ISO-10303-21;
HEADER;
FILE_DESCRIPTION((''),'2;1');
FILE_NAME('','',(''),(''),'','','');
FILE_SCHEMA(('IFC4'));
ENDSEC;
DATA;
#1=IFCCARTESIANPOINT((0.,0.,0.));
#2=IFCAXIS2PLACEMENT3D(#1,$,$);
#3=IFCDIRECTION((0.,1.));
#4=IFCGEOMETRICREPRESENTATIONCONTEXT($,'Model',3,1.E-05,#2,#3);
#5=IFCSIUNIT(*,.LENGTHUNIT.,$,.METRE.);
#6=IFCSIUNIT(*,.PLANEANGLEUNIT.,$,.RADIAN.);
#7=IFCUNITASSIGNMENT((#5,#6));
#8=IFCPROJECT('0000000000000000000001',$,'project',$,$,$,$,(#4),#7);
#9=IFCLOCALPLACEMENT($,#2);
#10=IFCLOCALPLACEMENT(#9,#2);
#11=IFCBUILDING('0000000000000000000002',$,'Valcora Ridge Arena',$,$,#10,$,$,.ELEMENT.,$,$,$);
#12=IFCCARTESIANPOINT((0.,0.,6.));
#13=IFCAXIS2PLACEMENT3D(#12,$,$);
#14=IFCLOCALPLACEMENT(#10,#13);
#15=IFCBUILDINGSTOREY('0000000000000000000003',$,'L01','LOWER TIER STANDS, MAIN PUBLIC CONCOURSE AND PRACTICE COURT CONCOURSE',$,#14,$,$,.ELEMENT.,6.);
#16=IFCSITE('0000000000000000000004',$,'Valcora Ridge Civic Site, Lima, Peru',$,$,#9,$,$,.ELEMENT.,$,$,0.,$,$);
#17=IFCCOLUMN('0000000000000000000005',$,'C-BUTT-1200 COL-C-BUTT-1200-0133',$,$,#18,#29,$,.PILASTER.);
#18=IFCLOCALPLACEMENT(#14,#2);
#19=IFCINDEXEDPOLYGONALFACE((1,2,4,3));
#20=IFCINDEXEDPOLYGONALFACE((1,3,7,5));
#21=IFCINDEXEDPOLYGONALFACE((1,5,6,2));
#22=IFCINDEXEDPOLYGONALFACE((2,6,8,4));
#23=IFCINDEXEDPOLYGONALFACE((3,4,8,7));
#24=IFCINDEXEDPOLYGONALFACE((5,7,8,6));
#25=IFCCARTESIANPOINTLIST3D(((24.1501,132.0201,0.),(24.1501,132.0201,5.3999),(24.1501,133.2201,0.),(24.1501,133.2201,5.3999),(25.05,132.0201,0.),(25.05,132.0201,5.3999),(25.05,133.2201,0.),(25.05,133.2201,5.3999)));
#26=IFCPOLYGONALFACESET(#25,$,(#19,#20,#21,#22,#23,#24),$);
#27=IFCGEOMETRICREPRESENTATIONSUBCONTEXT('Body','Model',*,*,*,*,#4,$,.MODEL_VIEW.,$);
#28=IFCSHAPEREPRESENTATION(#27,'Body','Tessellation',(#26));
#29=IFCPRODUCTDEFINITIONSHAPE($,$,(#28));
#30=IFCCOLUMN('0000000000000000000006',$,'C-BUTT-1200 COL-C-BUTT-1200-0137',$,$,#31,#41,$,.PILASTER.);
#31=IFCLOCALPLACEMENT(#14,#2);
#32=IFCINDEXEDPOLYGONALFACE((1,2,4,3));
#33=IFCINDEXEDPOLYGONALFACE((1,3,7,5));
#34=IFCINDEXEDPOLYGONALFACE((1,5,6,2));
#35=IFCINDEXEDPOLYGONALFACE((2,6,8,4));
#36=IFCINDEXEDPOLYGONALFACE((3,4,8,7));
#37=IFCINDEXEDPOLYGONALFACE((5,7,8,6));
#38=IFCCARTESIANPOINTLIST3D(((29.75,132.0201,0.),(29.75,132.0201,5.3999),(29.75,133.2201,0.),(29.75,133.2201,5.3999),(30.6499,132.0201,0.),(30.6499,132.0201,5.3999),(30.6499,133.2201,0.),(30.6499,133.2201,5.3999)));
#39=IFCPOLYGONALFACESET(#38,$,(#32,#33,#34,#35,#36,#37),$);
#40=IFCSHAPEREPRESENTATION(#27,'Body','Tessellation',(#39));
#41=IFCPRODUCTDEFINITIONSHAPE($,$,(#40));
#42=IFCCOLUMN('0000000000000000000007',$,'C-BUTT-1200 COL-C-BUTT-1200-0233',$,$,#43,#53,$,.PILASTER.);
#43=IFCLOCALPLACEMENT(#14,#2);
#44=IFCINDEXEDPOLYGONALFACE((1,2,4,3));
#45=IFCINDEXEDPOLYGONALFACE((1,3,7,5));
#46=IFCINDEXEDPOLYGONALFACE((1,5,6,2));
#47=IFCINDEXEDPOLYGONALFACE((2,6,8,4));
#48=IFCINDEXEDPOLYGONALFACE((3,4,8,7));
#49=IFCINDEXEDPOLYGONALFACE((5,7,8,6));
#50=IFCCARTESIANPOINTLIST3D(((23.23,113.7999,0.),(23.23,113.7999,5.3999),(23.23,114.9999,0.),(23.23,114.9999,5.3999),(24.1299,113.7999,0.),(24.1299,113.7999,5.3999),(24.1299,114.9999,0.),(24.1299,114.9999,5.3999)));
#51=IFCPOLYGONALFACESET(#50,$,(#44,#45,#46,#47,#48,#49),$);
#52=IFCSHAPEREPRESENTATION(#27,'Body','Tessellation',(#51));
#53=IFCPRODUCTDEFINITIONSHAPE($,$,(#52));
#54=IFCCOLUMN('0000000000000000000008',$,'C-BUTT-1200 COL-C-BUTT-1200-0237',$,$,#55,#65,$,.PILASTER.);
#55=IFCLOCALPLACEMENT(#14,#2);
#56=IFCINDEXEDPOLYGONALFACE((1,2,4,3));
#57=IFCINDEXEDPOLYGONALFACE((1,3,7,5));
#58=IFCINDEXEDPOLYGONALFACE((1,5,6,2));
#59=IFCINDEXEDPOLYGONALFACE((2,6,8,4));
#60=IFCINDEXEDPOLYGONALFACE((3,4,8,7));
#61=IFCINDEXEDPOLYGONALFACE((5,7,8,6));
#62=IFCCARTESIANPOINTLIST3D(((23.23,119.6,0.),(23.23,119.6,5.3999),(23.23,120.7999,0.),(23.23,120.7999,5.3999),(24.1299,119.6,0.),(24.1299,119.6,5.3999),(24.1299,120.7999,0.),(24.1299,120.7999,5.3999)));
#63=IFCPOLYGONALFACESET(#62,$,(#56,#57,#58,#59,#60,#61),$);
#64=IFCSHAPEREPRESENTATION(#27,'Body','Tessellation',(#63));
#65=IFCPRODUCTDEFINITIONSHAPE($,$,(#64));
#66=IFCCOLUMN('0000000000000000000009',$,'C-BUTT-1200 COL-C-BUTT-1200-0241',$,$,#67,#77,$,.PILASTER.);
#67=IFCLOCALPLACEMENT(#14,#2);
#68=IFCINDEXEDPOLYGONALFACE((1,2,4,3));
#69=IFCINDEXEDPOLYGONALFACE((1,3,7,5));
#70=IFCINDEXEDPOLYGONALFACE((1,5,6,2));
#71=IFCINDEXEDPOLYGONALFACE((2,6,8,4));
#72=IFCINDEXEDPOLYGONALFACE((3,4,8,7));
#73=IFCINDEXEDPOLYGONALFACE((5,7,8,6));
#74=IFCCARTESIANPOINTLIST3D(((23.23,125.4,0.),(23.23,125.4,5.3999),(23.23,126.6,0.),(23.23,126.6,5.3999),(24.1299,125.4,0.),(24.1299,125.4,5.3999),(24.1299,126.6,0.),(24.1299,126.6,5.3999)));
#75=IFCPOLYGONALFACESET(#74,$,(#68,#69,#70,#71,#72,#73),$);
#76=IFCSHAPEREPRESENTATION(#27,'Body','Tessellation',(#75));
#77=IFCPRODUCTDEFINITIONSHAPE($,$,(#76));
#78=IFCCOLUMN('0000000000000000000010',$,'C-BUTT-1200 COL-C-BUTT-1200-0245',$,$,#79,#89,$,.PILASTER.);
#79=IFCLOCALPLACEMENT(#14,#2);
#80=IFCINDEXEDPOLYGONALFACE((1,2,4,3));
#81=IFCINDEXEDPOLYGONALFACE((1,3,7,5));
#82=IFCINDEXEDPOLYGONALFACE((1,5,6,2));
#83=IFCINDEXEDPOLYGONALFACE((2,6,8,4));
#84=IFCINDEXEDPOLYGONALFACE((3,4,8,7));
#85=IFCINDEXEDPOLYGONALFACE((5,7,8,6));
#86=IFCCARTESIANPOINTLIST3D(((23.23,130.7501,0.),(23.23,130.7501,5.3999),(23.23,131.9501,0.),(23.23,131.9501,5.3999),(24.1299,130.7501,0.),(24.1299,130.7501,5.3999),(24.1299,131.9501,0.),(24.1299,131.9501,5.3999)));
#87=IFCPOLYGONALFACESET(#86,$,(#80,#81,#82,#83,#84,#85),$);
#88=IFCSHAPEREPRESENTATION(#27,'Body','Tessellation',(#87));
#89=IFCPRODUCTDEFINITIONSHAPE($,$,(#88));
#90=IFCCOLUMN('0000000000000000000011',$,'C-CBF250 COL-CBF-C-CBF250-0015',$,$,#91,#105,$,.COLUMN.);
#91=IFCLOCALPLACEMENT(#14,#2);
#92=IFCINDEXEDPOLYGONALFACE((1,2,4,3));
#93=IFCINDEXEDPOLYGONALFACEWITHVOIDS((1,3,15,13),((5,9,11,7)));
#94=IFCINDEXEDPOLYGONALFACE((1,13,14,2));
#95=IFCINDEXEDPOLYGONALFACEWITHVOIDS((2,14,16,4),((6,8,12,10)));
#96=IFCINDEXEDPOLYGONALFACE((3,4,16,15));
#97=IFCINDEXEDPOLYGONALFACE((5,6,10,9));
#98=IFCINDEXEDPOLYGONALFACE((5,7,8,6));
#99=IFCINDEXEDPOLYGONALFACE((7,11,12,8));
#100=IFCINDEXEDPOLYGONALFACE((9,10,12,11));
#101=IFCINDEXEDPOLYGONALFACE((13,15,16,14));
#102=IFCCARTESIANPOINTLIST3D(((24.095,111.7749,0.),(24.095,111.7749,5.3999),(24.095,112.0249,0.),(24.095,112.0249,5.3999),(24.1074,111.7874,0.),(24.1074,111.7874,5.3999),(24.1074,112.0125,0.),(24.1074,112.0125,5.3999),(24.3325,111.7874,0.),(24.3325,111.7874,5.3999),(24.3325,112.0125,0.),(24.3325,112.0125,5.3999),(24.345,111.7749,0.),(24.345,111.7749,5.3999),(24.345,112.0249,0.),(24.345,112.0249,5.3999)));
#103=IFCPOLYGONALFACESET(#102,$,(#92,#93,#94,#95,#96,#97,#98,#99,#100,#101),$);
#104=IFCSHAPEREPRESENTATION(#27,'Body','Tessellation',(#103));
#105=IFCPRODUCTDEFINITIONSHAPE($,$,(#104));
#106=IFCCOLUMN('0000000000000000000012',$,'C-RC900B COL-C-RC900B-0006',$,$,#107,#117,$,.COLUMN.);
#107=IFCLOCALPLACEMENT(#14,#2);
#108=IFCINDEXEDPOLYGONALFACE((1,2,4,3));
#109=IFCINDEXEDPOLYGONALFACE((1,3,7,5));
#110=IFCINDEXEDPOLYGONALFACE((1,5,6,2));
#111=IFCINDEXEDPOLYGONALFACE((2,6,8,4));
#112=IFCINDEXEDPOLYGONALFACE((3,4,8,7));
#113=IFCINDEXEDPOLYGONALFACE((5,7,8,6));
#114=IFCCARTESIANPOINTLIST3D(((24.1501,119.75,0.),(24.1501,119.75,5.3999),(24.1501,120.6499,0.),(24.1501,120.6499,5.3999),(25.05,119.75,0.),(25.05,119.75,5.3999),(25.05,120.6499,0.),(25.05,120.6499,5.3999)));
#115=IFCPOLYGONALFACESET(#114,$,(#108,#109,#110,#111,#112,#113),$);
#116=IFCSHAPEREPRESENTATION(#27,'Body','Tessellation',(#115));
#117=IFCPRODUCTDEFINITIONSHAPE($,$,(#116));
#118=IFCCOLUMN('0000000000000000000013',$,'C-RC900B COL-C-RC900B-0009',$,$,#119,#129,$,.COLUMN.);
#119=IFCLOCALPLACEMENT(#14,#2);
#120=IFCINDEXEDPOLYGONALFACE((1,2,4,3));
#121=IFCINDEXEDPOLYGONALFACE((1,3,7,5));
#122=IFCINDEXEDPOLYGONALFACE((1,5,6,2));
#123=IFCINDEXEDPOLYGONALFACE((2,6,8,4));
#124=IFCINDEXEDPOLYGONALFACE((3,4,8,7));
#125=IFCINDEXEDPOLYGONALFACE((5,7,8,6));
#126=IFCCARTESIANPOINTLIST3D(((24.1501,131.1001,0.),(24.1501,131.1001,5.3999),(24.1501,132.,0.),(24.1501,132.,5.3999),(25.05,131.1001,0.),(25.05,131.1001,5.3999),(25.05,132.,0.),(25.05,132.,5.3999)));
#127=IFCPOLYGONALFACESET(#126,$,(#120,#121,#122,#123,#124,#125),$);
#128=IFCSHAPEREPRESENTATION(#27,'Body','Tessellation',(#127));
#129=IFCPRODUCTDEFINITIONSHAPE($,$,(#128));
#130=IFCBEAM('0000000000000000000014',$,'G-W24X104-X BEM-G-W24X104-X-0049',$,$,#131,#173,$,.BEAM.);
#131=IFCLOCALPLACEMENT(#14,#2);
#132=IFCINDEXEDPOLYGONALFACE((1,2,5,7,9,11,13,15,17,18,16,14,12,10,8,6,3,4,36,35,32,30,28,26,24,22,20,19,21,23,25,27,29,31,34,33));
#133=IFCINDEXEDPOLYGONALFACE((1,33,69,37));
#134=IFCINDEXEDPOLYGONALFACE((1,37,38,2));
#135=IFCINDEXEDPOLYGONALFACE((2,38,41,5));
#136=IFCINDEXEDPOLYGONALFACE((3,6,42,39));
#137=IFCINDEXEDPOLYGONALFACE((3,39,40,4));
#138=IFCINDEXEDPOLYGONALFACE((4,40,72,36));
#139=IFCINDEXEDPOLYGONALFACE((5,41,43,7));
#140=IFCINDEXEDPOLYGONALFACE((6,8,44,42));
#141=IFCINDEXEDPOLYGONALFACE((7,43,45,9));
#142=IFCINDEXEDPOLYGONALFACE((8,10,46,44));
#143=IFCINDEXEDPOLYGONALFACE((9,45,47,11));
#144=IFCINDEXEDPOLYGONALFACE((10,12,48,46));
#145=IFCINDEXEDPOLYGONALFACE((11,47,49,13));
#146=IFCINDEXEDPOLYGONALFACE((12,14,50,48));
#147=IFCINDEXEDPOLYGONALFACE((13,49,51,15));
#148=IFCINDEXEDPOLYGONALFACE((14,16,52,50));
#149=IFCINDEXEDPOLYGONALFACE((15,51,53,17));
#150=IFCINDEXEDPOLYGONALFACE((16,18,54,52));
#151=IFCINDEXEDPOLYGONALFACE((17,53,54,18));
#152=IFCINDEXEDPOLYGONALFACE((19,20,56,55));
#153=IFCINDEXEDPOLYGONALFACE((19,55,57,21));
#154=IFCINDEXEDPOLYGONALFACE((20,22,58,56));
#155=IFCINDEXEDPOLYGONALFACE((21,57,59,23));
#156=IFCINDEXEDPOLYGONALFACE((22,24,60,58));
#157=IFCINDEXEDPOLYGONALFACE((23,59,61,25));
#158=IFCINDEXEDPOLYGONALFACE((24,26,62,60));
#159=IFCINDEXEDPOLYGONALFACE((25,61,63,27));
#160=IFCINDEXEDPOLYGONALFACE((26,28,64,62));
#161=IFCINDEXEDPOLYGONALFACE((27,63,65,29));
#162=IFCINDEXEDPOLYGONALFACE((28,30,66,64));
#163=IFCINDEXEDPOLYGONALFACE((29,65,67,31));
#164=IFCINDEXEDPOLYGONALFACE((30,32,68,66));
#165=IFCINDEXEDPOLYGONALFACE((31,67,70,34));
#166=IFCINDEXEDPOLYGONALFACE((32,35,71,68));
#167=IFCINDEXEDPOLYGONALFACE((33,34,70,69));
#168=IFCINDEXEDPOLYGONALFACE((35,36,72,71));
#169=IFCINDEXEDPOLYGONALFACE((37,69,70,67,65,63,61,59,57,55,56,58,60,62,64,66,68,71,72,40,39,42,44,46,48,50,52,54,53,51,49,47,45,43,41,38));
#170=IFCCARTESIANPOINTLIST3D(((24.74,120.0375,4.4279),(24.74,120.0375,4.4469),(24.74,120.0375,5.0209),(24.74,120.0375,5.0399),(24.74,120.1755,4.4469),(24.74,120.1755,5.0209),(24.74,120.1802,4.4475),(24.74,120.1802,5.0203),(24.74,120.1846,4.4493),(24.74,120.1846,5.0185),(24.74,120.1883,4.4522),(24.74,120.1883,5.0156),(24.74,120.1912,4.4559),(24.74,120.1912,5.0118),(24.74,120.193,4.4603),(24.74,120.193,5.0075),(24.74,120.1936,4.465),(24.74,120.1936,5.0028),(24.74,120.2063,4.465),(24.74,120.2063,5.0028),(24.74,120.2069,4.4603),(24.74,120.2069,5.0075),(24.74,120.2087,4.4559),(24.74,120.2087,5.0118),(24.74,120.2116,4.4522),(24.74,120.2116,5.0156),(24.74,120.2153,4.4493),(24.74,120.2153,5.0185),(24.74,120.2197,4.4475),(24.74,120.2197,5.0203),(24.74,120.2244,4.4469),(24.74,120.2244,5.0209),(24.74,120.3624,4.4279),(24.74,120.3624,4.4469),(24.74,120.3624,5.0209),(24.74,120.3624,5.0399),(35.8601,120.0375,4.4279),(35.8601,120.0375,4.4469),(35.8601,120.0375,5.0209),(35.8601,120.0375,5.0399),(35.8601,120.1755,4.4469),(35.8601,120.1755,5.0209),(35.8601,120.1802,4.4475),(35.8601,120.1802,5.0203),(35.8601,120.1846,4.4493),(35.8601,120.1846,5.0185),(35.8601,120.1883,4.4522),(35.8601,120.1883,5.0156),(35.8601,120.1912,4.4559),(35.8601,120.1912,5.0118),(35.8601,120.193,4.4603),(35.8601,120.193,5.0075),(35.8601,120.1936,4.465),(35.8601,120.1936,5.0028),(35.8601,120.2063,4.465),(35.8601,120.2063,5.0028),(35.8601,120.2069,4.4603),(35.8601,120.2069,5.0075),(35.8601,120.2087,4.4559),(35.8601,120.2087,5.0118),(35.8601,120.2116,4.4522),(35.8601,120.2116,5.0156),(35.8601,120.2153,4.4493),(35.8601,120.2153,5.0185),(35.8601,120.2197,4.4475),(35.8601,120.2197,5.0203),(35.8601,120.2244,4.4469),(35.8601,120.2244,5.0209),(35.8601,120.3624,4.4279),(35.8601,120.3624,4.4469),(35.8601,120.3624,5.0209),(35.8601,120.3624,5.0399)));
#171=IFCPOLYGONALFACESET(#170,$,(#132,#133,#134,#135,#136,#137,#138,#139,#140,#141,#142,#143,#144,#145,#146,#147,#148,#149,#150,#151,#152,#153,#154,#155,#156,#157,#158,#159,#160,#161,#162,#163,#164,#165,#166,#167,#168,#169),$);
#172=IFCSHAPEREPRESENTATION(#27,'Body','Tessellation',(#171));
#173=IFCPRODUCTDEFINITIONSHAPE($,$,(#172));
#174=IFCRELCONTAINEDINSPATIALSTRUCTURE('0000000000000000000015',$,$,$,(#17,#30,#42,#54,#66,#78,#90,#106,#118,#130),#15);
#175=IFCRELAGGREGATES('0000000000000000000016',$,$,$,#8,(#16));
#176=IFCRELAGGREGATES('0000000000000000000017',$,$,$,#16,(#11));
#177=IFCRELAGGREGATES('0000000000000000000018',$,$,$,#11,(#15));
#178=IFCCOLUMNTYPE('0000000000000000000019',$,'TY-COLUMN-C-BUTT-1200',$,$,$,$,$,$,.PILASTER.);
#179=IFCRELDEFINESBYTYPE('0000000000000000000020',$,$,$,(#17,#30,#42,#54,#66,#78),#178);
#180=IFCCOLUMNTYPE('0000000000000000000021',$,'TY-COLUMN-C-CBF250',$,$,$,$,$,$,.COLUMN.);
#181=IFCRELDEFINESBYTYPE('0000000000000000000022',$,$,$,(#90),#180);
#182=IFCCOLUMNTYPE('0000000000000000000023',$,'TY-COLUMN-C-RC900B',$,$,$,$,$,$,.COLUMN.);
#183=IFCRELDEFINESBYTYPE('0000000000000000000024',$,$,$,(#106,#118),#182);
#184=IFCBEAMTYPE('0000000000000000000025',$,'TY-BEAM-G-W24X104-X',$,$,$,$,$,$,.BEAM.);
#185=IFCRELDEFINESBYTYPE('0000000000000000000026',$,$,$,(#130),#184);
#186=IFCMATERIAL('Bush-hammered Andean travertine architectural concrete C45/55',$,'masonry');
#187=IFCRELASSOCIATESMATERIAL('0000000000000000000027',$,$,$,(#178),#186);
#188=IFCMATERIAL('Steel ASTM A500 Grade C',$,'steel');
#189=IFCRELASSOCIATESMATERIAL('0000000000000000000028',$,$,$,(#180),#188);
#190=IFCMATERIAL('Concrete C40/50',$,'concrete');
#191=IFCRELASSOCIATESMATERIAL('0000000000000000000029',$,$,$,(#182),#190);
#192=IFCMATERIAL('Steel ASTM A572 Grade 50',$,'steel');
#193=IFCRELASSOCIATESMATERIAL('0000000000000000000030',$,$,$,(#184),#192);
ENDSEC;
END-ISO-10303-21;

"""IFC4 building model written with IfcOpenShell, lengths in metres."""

from ifc_helpers import new_model, si_unit, direction, frame, origin, origin_2d, place, context, subcontext, project, spatial, rectangle, hollow_rectangle, i_section, extrude, material, material_profile, profile_set, type_object, element, save


model = new_model("IFC4")

# Units and contexts
model_context = context("Model", 3, precision=1e-05, world=origin(), true_north=direction((0.0, 1.0)))
body_context = subcontext(model_context, "Body", "Model", "MODEL_VIEW")
ifc_project = project(units=[si_unit("LENGTHUNIT", "METRE"), si_unit("PLANEANGLEUNIT", "RADIAN")], contexts=[model_context])

# Site, building, storey
site_placement = place(None, origin())
site = spatial("IfcSite", under=ifc_project, at=site_placement, Name="Valcora Ridge Civic Site, Lima, Peru", CompositionType="ELEMENT", RefElevation=0.0)
building_placement = place(site_placement, origin())
building = spatial("IfcBuilding", under=site, at=building_placement, Name="Valcora Ridge Arena", CompositionType="ELEMENT")
storey_placement = place(building_placement, frame((0.0, 0.0, 6.0)))
storey = spatial("IfcBuildingStorey", under=building, at=storey_placement, Name="L01", Description="LOWER TIER STANDS, MAIN PUBLIC CONCOURSE AND PRACTICE COURT CONCOURSE", CompositionType="ELEMENT", Elevation=6.0)

# Columns
ifc_material_1 = material(Name="Bush-hammered Andean travertine architectural concrete C45/55", Category="masonry")
ifc_material_profile_1 = material_profile(ifc_material_1, rectangle(XDim=0.8999, YDim=1.2, at=origin_2d()), Name="RC 900x1200")
ifc_profile_set_1 = profile_set([ifc_material_profile_1], Name="Bush-hammered Andean travertine architectural concrete C45/55")
column_type_1 = type_object("IfcColumnType", Name="TY-COLUMN-C-BUTT-1200", PredefinedType="PILASTER", material=ifc_profile_set_1)
for number, where, z_axis, x_axis, name in (
    (1, (24.6001, 132.6201, 0.0), (0.0, 0.0, 1.0), (1.0, 0.0, 0.0), "C-BUTT-1200 COL-C-BUTT-1200-0133"),
    (2, (30.2, 132.6201, 0.0), (0.0, 0.0, 1.0), (1.0, 0.0, 0.0), "C-BUTT-1200 COL-C-BUTT-1200-0137"),
    (3, (23.6799, 114.3999, 0.0), (0.0, 0.0, 1.0), (1.0, 0.0, 0.0), "C-BUTT-1200 COL-C-BUTT-1200-0233"),
    (4, (23.6799, 120.2, 0.0), (0.0, 0.0, 1.0), (1.0, 0.0, 0.0), "C-BUTT-1200 COL-C-BUTT-1200-0237"),
    (5, (23.6799, 126.0, 0.0), (0.0, 0.0, 1.0), (1.0, 0.0, 0.0), "C-BUTT-1200 COL-C-BUTT-1200-0241"),
    (6, (23.6799, 131.3501, 0.0), (0.0, 0.0, 1.0), (1.0, 0.0, 0.0), "C-BUTT-1200 COL-C-BUTT-1200-0245"),
):
    element("IfcColumn", number, at=place(storey_placement, frame(where, z_axis=z_axis, x_axis=x_axis)), inside=storey, type_object=column_type_1, Name=name, PredefinedType="PILASTER", context=body_context, shape_type="SweptSolid", body=[
        extrude(rectangle(XDim=0.8999, YDim=1.2, at=origin_2d()), origin(), (0.0, 0.0, 1.0), 5.3999),
    ])
ifc_material_2 = material(Name="Steel ASTM A500 Grade C", Category="steel")
ifc_material_profile_2 = material_profile(ifc_material_2, hollow_rectangle(XDim=0.25, YDim=0.25, WallThickness=0.0125, at=origin_2d()), Name="HSS250X250X12")
ifc_profile_set_2 = profile_set([ifc_material_profile_2], Name="Steel ASTM A500 Grade C")
column_type_2 = type_object("IfcColumnType", Name="TY-COLUMN-C-CBF250", PredefinedType="COLUMN", material=ifc_profile_set_2)
column_placement = place(storey_placement, frame((24.22, 111.8999, 0.0), z_axis=(0.0, 0.0, 1.0), x_axis=(1.0, 0.0, 0.0)))
element("IfcColumn", 7, at=column_placement, inside=storey, type_object=column_type_2, Name="C-CBF250 COL-CBF-C-CBF250-0015", PredefinedType="COLUMN", context=body_context, shape_type="SweptSolid", body=[
    extrude(hollow_rectangle(XDim=0.25, YDim=0.25, WallThickness=0.0125, at=origin_2d()), origin(), (0.0, 0.0, 1.0), 5.3999),
])
ifc_material_3 = material(Name="Concrete C40/50", Category="concrete")
ifc_material_profile_3 = material_profile(ifc_material_3, rectangle(XDim=0.8999, YDim=0.8999, at=origin_2d()), Name="RC 900x900")
ifc_profile_set_3 = profile_set([ifc_material_profile_3], Name="Concrete C40/50")
column_type_3 = type_object("IfcColumnType", Name="TY-COLUMN-C-RC900B", PredefinedType="COLUMN", material=ifc_profile_set_3)
for number, where, z_axis, x_axis, name in (
    (8, (24.6001, 120.2, 0.0), (0.0, 0.0, 1.0), (1.0, 0.0, 0.0), "C-RC900B COL-C-RC900B-0006"),
    (9, (24.6001, 131.55, 0.0), (0.0, 0.0, 1.0), (1.0, 0.0, 0.0), "C-RC900B COL-C-RC900B-0009"),
):
    element("IfcColumn", number, at=place(storey_placement, frame(where, z_axis=z_axis, x_axis=x_axis)), inside=storey, type_object=column_type_3, Name=name, PredefinedType="COLUMN", context=body_context, shape_type="SweptSolid", body=[
        extrude(rectangle(XDim=0.8999, YDim=0.8999, at=origin_2d()), origin(), (0.0, 0.0, 1.0), 5.3999),
    ])

# Beam
ifc_material_4 = material(Name="Steel ASTM A572 Grade 50", Category="steel")
ifc_material_profile_4 = material_profile(ifc_material_4, i_section(OverallWidth=0.325, OverallDepth=0.6121, WebThickness=0.0127, FlangeThickness=0.019, FilletRadius=0.0181, at=origin_2d()), Name="W24X104")
ifc_profile_set_4 = profile_set([ifc_material_profile_4], Name="Steel ASTM A572 Grade 50")
beam_type_1 = type_object("IfcBeamType", Name="TY-BEAM-G-W24X104-X", PredefinedType="BEAM", material=ifc_profile_set_4)
beam_1_placement = place(storey_placement, frame((24.74, 120.2, 4.7339), z_axis=(1.0, 0.0, 0.0), x_axis=(0.0, 1.0, 0.0)))
element("IfcBeam", 10, at=beam_1_placement, inside=storey, type_object=beam_type_1, Name="G-W24X104-X BEM-G-W24X104-X-0049", PredefinedType="BEAM", context=body_context, shape_type="SweptSolid", body=[
    extrude(i_section(OverallWidth=0.325, OverallDepth=0.6121, WebThickness=0.0127, FlangeThickness=0.019, FilletRadius=0.0181, at=origin_2d()), origin(), (0.0, 0.0, 1.0), 11.1201),
])

save(model, "model.ifc")
